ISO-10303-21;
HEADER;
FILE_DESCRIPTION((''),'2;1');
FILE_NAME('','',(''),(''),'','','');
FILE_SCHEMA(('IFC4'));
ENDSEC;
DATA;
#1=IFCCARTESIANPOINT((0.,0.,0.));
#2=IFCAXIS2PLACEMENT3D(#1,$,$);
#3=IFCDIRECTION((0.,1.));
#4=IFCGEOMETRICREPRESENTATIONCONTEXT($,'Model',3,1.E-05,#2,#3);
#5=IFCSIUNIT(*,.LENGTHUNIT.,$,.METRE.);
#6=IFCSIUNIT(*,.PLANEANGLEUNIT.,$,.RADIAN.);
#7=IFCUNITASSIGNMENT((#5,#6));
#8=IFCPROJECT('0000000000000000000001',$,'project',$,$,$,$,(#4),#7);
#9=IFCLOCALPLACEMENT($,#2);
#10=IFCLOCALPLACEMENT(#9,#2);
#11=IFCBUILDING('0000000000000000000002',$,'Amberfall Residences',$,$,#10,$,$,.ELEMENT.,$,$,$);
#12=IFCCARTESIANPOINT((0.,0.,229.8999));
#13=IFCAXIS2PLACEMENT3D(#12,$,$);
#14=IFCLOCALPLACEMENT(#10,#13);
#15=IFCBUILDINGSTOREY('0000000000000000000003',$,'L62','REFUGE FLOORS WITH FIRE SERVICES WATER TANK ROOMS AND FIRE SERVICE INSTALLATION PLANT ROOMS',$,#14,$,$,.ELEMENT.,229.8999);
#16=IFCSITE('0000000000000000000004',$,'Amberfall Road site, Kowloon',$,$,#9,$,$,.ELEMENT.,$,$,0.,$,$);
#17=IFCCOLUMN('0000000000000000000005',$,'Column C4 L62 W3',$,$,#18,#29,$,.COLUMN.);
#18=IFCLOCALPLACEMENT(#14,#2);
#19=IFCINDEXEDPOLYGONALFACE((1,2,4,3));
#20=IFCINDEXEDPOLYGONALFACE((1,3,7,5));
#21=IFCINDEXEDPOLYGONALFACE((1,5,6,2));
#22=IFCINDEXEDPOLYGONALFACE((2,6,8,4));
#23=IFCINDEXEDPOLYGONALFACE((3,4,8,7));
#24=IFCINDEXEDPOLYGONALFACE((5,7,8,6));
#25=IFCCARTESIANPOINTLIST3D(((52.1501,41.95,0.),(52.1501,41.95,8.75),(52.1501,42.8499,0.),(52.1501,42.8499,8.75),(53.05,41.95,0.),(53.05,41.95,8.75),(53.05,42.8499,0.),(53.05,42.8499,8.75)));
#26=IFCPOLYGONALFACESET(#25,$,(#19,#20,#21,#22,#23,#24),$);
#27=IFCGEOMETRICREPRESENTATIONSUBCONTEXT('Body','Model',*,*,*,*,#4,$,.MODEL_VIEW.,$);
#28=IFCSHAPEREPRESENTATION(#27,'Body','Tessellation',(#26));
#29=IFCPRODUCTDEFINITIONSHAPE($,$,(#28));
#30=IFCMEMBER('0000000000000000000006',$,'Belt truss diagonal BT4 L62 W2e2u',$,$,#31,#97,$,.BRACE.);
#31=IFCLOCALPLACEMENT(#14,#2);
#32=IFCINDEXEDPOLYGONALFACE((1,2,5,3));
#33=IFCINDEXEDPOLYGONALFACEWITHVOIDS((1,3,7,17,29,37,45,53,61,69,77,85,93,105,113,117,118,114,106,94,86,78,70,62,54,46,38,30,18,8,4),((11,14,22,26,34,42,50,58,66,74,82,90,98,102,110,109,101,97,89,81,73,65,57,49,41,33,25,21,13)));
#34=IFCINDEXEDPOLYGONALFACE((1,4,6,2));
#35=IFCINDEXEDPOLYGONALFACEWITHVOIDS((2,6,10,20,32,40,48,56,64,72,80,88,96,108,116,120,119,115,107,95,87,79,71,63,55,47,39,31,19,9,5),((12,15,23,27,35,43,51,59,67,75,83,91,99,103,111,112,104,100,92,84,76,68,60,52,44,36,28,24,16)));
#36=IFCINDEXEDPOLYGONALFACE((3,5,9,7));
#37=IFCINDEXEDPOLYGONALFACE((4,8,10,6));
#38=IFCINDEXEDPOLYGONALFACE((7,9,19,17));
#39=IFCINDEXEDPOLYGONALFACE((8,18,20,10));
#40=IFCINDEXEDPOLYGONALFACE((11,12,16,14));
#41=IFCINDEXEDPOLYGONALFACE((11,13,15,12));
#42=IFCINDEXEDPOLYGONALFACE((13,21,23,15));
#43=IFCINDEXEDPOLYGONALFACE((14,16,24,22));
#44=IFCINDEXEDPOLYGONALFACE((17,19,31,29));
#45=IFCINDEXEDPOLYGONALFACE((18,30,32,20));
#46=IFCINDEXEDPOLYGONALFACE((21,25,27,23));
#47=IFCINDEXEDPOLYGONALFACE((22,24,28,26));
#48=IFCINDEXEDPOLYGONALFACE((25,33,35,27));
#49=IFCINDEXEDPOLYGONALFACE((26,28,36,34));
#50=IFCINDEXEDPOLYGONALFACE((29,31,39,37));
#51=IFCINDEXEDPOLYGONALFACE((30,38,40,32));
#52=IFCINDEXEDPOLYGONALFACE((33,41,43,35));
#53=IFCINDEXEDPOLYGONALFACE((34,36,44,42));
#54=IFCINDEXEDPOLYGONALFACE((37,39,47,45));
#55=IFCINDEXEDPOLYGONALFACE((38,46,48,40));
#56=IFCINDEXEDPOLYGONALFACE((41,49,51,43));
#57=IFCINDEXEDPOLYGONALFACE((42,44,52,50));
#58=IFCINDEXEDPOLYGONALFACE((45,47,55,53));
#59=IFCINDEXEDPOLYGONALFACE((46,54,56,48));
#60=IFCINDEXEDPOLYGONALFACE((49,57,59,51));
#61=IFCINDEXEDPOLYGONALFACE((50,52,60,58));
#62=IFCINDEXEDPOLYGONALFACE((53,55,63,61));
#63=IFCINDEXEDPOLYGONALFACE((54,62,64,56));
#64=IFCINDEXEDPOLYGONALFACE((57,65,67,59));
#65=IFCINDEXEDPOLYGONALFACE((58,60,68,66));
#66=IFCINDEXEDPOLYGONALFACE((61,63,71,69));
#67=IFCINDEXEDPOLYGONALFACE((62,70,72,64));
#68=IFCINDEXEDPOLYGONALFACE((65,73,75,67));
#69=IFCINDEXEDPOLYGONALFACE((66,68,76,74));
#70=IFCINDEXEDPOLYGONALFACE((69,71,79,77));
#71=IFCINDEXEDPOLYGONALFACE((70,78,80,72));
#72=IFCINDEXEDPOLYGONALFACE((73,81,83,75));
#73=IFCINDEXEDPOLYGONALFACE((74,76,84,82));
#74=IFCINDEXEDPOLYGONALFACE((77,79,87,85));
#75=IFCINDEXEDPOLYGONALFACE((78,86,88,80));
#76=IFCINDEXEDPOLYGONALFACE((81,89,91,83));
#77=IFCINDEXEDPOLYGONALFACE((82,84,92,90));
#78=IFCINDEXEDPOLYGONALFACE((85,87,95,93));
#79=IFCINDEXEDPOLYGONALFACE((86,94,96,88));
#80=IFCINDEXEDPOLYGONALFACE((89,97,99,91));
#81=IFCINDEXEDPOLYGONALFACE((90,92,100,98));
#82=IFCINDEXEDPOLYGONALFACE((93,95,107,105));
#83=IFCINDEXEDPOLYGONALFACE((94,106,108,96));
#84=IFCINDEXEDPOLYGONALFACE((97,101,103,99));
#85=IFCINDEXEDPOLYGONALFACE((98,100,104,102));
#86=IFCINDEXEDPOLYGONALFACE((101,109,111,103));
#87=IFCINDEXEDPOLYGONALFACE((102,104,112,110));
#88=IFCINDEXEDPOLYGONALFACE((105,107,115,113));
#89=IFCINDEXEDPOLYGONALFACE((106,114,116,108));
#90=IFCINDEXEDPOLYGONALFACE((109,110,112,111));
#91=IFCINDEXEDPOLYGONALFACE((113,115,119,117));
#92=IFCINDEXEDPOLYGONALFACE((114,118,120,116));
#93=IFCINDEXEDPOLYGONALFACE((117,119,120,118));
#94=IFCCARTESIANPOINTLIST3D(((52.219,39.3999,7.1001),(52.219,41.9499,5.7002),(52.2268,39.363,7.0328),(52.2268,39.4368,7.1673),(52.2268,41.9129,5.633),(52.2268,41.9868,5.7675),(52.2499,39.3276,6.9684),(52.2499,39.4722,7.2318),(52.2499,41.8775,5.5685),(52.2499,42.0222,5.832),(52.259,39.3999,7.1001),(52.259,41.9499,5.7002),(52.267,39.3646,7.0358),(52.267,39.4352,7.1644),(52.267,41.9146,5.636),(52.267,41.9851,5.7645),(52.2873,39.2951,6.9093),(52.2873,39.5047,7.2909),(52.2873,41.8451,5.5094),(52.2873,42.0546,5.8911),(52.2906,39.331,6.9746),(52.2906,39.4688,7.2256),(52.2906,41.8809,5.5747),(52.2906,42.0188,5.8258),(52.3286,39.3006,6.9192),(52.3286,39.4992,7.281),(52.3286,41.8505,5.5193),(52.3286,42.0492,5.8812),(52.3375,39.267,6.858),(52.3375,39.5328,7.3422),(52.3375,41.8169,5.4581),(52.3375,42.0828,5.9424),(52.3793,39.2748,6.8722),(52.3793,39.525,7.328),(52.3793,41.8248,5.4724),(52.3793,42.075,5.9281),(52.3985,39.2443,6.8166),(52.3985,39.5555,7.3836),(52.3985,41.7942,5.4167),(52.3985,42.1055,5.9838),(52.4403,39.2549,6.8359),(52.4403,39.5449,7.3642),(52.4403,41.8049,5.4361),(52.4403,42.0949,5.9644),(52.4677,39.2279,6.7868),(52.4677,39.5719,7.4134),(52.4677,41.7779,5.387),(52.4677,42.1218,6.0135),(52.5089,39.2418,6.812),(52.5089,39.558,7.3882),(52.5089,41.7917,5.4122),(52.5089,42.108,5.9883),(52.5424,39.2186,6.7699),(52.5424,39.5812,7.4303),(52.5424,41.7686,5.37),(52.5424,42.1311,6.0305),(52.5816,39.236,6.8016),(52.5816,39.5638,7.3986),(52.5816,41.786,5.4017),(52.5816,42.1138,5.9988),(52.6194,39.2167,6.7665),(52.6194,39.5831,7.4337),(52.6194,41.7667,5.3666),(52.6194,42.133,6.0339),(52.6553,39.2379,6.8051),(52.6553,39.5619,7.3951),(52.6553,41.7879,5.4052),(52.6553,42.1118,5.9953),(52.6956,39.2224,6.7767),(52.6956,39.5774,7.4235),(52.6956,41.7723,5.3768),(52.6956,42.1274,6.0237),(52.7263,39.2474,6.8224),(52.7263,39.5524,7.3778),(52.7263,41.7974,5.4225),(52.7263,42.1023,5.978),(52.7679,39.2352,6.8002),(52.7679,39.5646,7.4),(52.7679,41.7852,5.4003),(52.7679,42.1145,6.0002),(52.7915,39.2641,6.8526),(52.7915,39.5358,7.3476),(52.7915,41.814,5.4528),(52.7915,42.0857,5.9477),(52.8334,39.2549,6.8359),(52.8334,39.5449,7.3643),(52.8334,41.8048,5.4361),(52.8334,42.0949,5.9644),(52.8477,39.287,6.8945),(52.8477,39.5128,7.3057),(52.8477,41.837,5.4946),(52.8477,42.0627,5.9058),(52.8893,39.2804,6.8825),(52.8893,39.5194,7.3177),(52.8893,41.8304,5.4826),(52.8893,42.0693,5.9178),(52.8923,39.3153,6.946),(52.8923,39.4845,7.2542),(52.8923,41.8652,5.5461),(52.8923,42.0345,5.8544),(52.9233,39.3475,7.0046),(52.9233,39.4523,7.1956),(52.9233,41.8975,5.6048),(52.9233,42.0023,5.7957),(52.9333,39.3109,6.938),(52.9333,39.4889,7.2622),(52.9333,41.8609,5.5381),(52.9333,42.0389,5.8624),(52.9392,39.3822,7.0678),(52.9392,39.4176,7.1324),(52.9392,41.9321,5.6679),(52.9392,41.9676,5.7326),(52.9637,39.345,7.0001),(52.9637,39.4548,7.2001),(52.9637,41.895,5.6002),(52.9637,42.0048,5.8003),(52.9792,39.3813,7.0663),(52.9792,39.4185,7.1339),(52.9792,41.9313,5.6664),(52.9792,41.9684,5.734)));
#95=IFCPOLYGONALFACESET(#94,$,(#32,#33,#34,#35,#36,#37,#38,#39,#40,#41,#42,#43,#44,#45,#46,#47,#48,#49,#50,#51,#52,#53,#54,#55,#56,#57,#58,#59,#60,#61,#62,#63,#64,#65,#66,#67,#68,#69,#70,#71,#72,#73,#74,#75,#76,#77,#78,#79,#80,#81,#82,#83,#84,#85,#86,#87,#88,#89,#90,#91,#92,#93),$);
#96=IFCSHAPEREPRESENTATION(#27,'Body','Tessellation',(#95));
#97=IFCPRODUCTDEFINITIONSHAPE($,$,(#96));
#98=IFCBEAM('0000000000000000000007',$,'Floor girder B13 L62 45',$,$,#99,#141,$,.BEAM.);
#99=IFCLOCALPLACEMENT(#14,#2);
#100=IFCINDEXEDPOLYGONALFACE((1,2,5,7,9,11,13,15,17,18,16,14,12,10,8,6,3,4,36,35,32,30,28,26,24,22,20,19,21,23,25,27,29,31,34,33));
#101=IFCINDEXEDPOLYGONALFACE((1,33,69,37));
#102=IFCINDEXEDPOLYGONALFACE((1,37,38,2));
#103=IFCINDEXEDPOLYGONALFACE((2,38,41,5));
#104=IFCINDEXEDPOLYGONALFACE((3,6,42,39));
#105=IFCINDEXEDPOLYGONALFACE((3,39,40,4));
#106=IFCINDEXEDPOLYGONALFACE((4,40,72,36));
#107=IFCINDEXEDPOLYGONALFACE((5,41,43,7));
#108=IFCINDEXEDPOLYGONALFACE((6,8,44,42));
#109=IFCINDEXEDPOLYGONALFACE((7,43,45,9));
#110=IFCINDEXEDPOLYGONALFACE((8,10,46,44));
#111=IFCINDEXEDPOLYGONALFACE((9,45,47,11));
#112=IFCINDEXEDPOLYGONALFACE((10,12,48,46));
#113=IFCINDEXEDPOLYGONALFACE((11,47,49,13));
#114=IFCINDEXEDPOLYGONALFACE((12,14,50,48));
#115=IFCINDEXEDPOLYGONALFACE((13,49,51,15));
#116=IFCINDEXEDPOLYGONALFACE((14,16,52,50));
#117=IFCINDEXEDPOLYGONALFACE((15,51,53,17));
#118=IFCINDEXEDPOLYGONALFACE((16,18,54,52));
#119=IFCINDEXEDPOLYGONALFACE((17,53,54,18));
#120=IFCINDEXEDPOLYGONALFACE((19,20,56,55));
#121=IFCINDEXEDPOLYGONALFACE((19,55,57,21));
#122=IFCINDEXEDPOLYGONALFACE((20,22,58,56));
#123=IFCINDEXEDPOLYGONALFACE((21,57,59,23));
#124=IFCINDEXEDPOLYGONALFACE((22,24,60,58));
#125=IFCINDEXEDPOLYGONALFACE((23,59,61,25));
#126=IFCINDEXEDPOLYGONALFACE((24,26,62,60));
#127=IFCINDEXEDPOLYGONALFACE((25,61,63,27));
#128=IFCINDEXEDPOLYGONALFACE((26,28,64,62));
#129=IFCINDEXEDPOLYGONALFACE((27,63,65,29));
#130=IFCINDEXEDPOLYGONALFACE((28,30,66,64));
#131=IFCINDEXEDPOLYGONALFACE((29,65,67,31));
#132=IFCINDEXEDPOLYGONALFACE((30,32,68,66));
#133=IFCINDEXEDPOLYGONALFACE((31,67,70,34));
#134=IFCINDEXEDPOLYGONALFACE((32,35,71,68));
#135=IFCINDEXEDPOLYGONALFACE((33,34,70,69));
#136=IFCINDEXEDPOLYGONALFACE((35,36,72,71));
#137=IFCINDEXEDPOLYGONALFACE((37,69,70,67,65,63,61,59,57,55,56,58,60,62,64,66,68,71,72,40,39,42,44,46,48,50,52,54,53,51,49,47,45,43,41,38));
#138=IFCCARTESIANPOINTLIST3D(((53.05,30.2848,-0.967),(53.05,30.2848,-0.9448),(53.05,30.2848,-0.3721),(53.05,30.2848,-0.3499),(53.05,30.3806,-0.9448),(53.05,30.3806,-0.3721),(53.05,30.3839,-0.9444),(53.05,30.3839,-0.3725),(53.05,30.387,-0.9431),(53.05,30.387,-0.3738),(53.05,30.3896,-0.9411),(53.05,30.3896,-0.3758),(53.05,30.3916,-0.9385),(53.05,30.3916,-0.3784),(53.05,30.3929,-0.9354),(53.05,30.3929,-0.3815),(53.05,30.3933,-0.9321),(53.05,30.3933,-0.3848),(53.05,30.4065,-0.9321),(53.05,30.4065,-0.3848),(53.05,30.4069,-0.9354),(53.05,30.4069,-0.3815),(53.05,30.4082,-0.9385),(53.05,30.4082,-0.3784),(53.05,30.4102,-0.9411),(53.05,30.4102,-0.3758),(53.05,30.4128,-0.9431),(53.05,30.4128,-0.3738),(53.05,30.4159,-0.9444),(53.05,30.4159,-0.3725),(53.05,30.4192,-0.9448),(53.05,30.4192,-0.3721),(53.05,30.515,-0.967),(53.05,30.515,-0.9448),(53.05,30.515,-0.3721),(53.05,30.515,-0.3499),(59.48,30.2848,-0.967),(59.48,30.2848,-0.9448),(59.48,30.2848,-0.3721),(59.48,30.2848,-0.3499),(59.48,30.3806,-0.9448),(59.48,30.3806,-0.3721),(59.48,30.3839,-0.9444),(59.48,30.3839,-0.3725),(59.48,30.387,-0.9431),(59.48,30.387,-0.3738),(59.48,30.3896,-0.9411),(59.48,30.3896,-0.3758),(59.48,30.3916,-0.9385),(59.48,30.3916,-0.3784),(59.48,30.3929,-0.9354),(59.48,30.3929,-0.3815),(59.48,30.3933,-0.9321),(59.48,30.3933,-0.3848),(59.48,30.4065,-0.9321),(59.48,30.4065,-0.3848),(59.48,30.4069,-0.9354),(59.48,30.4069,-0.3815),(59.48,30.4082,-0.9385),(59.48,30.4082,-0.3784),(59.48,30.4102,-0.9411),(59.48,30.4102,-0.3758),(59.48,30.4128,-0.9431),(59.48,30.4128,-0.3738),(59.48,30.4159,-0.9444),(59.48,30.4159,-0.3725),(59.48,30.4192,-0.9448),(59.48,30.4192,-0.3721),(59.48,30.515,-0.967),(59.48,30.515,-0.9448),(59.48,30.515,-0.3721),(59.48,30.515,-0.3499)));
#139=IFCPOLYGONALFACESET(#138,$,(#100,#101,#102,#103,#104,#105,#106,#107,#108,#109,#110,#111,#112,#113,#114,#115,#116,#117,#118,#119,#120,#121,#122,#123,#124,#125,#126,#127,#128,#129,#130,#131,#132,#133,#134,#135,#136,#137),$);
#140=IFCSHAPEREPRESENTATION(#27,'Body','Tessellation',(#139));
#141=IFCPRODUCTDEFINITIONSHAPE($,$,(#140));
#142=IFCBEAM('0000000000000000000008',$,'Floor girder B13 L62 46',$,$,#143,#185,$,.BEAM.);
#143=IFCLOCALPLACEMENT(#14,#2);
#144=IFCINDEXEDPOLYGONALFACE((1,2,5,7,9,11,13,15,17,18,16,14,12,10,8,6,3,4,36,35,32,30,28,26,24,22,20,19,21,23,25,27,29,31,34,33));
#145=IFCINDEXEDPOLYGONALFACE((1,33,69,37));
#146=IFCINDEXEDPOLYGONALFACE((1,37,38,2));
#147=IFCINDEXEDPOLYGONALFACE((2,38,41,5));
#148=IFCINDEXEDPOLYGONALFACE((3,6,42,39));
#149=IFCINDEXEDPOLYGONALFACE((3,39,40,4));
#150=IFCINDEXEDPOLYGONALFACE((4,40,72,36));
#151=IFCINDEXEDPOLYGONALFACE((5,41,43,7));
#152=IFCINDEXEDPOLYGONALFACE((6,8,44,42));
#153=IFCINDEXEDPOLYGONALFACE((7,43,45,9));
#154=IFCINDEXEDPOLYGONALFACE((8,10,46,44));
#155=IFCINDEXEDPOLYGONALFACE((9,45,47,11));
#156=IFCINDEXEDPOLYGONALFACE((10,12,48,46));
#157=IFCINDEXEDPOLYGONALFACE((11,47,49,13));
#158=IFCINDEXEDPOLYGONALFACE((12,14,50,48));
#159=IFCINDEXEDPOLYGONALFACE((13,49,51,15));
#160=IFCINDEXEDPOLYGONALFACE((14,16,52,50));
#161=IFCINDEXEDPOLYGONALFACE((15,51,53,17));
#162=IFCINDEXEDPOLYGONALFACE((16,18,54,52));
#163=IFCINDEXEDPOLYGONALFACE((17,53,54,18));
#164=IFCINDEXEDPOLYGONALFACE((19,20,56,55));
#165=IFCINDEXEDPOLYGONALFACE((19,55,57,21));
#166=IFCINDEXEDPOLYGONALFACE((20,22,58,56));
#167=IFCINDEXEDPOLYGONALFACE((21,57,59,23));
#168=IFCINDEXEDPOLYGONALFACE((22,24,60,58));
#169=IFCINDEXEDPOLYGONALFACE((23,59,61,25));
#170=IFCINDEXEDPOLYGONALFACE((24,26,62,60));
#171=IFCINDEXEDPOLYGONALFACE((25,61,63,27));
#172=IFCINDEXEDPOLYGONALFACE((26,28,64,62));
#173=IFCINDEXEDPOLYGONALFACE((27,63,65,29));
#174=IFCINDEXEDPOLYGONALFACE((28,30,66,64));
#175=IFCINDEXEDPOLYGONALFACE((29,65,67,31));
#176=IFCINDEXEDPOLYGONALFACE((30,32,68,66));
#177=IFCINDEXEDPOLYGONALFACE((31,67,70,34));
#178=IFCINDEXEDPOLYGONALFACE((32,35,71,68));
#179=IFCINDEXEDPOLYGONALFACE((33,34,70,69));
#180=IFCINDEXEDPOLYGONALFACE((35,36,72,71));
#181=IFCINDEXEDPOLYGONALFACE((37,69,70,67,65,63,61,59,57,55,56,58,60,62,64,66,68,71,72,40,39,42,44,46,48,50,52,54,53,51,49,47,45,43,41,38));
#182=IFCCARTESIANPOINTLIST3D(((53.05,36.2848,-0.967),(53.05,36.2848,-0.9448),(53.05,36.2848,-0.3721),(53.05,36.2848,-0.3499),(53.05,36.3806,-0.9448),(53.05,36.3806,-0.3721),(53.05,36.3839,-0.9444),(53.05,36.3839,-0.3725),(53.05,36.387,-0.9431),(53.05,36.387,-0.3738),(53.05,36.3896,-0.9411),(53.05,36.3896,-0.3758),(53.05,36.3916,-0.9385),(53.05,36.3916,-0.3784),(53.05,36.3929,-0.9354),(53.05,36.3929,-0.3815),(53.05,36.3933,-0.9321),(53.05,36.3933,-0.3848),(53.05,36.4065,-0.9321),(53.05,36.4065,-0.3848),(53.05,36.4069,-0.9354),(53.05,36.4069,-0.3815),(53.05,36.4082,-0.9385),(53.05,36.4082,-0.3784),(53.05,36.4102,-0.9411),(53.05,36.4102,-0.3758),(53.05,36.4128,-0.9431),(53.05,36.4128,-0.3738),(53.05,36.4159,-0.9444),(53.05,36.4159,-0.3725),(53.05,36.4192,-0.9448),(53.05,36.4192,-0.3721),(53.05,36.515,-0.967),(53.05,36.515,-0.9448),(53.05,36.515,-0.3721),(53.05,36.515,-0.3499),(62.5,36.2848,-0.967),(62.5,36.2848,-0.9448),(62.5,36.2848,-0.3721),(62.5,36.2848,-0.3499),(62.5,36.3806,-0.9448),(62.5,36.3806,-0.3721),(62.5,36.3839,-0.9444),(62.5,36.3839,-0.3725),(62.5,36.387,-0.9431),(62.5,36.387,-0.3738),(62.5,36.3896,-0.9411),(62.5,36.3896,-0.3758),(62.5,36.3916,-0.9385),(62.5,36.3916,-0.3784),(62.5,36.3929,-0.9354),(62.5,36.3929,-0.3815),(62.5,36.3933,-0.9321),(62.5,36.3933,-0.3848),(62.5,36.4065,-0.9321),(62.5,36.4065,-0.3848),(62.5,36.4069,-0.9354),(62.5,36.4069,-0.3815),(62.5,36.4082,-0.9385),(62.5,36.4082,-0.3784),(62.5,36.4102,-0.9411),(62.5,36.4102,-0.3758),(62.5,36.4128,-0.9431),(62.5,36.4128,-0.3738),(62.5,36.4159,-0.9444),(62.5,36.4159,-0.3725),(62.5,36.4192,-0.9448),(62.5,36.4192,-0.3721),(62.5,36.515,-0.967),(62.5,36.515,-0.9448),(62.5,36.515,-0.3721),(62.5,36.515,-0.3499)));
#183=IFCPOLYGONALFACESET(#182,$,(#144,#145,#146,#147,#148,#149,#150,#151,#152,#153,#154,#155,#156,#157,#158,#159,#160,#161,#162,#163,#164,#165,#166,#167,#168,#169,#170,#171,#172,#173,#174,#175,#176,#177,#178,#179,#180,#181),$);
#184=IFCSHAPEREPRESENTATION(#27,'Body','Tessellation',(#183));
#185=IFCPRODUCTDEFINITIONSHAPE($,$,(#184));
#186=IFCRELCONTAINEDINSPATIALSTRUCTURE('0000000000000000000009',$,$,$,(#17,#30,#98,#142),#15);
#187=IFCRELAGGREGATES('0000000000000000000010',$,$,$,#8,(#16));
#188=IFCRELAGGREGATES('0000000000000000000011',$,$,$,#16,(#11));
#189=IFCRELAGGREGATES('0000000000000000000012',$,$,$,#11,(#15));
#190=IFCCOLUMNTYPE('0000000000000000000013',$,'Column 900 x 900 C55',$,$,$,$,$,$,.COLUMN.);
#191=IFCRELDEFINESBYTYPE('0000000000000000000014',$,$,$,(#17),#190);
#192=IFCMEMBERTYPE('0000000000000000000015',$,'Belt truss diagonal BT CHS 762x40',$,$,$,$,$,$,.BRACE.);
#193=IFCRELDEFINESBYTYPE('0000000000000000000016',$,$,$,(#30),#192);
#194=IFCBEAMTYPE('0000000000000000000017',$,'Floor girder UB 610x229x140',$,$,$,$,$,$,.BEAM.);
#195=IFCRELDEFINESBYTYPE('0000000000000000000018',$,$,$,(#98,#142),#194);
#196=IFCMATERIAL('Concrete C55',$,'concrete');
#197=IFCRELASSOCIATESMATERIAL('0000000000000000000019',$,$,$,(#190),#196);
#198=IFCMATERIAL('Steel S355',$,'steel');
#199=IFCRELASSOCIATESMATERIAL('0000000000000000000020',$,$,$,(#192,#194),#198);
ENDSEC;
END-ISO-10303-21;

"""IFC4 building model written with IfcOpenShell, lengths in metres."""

from ifc_helpers import new_model, si_unit, direction, frame, origin, origin_2d, place, context, subcontext, project, spatial, rectangle, hollow_circle, i_section, extrude, material, material_profile, profile_set, type_object, element, save


model = new_model("IFC4")

# Units and contexts
model_context = context("Model", 3, precision=1e-05, world=origin(), true_north=direction((0.0, 1.0)))
body_context = subcontext(model_context, "Body", "Model", "MODEL_VIEW")
ifc_project = project(units=[si_unit("LENGTHUNIT", "METRE"), si_unit("PLANEANGLEUNIT", "RADIAN")], contexts=[model_context])

# Site, building, storey
site_placement = place(None, origin())
site = spatial("IfcSite", under=ifc_project, at=site_placement, Name="Amberfall Road site, Kowloon", CompositionType="ELEMENT", RefElevation=0.0)
building_placement = place(site_placement, origin())
building = spatial("IfcBuilding", under=site, at=building_placement, Name="Amberfall Residences", CompositionType="ELEMENT")
storey_placement = place(building_placement, frame((0.0, 0.0, 229.8999)))
storey = spatial("IfcBuildingStorey", under=building, at=storey_placement, Name="L62", Description="REFUGE FLOORS WITH FIRE SERVICES WATER TANK ROOMS AND FIRE SERVICE INSTALLATION PLANT ROOMS", CompositionType="ELEMENT", Elevation=229.8999)

# Column
ifc_material_1 = material(Name="Concrete C55", Category="concrete")
ifc_material_profile_1 = material_profile(ifc_material_1, rectangle(XDim=0.8999, YDim=0.8999, at=origin_2d()), Name="Column 900 x 900 C55")
ifc_profile_set_1 = profile_set([ifc_material_profile_1], Name="Concrete C55")
column_type = type_object("IfcColumnType", Name="Column 900 x 900 C55", PredefinedType="COLUMN", material=ifc_profile_set_1)
column_placement = place(storey_placement, frame((52.6001, 42.3999, 0.0), z_axis=(0.0, 0.0, 1.0), x_axis=(1.0, 0.0, 0.0)))
element("IfcColumn", 1, at=column_placement, inside=storey, type_object=column_type, Name="Column C4 L62 W3", PredefinedType="COLUMN", context=body_context, shape_type="SweptSolid", body=[
    extrude(rectangle(XDim=0.8999, YDim=0.8999, at=origin_2d()), origin(), (0.0, 0.0, 1.0), 8.75),
])

# Member
ifc_material_2 = material(Name="Steel S355", Category="steel")
ifc_material_profile_2 = material_profile(ifc_material_2, hollow_circle(Radius=0.3811, WallThickness=0.04, at=origin_2d()), Name="CHS 762x40")
ifc_profile_set_2 = profile_set([ifc_material_profile_2], Name="Steel S355")
member_type_1 = type_object("IfcMemberType", Name="Belt truss diagonal BT CHS 762x40", PredefinedType="BRACE", material=ifc_profile_set_2)
member_1_placement = place(storey_placement, frame((52.6001, 39.3999, 7.1001), z_axis=(0.0, 0.876597, -0.481226), x_axis=(-1.0, 0.0, 0.0)))
element("IfcMember", 2, at=member_1_placement, inside=storey, type_object=member_type_1, Name="Belt truss diagonal BT4 L62 W2e2u", PredefinedType="BRACE", context=body_context, shape_type="SweptSolid", body=[
    extrude(hollow_circle(Radius=0.3811, WallThickness=0.04, at=origin_2d()), origin(), (0.0, 0.0, 1.0), 2.9089),
])

# Beams
ifc_material_profile_3 = material_profile(ifc_material_2, i_section(OverallWidth=0.2302, OverallDepth=0.6172, WebThickness=0.0132, FlangeThickness=0.0222, FilletRadius=0.0127, at=origin_2d()), Name="UB 610x229x140")
ifc_profile_set_3 = profile_set([ifc_material_profile_3], Name="Steel S355")
beam_type_1 = type_object("IfcBeamType", Name="Floor girder UB 610x229x140", PredefinedType="BEAM", material=ifc_profile_set_3)
beam_placement = place(storey_placement, frame((53.05, 30.3999, -0.6584), z_axis=(1.0, 0.0, 0.0), x_axis=(0.0, 1.0, 0.0)))
element("IfcBeam", 3, at=beam_placement, inside=storey, type_object=beam_type_1, Name="Floor girder B13 L62 45", PredefinedType="BEAM", context=body_context, shape_type="SweptSolid", body=[
    extrude(i_section(OverallWidth=0.2302, OverallDepth=0.6172, WebThickness=0.0132, FlangeThickness=0.0222, FilletRadius=0.0127, at=origin_2d()), origin(), (0.0, 0.0, 1.0), 6.4299),
])
for number, where, z_axis, x_axis, name in (
    (4, (53.05, 36.3999, -0.6584), (1.0, 0.0, 0.0), (0.0, 1.0, 0.0), "Floor girder B13 L62 46"),
):
    element("IfcBeam", number, at=place(storey_placement, frame(where, z_axis=z_axis, x_axis=x_axis)), inside=storey, type_object=beam_type_1, Name=name, PredefinedType="BEAM", context=body_context, shape_type="SweptSolid", body=[
        extrude(i_section(OverallWidth=0.2302, OverallDepth=0.6172, WebThickness=0.0132, FlangeThickness=0.0222, FilletRadius=0.0127, at=origin_2d()), origin(), (0.0, 0.0, 1.0), 9.45),
    ])

save(model, "model.ifc")
